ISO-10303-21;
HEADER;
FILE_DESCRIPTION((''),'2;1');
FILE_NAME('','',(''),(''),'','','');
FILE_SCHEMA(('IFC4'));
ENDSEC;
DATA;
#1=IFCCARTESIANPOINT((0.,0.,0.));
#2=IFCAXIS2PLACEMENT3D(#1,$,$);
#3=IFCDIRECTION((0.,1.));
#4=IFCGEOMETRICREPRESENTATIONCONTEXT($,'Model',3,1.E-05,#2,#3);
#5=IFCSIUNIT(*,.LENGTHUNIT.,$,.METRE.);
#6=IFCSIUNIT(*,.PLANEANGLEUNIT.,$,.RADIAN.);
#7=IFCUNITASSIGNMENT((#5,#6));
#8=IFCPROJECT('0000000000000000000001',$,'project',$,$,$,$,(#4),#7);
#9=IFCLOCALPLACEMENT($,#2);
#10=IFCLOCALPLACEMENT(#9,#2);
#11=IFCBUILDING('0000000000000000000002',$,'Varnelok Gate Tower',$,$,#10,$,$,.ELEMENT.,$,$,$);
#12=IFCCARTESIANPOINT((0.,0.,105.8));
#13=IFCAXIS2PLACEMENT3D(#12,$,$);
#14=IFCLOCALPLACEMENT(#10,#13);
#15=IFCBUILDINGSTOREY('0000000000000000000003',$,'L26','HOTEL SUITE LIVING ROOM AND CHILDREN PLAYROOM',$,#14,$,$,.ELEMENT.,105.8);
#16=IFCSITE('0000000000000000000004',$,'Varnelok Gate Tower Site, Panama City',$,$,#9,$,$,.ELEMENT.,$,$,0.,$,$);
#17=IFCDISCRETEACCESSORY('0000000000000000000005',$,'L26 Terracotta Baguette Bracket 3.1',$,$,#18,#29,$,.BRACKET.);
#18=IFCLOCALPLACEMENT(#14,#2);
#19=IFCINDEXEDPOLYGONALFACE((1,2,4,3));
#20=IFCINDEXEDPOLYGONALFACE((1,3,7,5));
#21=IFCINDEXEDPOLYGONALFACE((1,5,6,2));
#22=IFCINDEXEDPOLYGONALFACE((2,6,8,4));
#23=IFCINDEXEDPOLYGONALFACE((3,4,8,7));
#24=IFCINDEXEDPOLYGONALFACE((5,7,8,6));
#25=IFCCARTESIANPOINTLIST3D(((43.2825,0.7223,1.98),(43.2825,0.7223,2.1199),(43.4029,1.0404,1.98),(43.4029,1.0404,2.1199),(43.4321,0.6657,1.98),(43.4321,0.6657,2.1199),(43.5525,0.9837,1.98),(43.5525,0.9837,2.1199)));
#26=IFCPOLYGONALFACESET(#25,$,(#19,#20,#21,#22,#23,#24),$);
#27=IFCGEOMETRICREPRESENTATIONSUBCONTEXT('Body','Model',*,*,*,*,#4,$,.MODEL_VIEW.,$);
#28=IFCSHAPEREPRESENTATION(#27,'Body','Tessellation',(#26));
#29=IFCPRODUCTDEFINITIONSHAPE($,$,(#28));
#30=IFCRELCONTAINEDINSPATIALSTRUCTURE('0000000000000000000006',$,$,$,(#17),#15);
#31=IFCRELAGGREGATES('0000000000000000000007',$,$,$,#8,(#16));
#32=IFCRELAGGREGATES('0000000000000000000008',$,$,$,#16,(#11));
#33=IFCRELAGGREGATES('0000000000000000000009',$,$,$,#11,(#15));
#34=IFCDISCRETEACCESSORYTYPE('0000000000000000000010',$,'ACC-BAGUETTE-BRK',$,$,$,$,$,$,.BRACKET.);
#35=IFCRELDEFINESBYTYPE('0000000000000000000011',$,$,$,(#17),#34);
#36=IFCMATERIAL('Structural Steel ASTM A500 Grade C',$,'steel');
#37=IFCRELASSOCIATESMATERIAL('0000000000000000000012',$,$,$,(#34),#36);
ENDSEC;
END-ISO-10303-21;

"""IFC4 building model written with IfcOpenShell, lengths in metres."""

from ifc_helpers import new_model, si_unit, direction, frame, origin, origin_2d, place, context, subcontext, project, spatial, rectangle, extrude, source, transform, mapped, material, type_object, element, save


model = new_model("IFC4")

# Units and contexts
model_context = context("Model", 3, precision=1e-05, world=origin(), true_north=direction((0.0, 1.0)))
body_context = subcontext(model_context, "Body", "Model", "MODEL_VIEW")
ifc_project = project(units=[si_unit("LENGTHUNIT", "METRE"), si_unit("PLANEANGLEUNIT", "RADIAN")], contexts=[model_context])

# Site, building, storey
site_placement = place(None, origin())
site = spatial("IfcSite", under=ifc_project, at=site_placement, Name="Varnelok Gate Tower Site, Panama City", CompositionType="ELEMENT", RefElevation=0.0)
building_placement = place(site_placement, origin())
building = spatial("IfcBuilding", under=site, at=building_placement, Name="Varnelok Gate Tower", CompositionType="ELEMENT")
storey_placement = place(building_placement, frame((0.0, 0.0, 105.8)))
storey = spatial("IfcBuildingStorey", under=building, at=storey_placement, Name="L26", Description="HOTEL SUITE LIVING ROOM AND CHILDREN PLAYROOM", CompositionType="ELEMENT", Elevation=105.8)

# Discrete accessory
ifc_material_1 = material(Name="Structural Steel ASTM A500 Grade C", Category="steel")
discrete_accessory_type = type_object("IfcDiscreteAccessoryType", Name="ACC-BAGUETTE-BRK", PredefinedType="BRACKET", material=ifc_material_1)
shared_shape_1 = source(origin(), body_context, "Body", "SweptSolid", [
    extrude(rectangle(XDim=0.1599, YDim=0.3401, at=origin_2d()), origin(), (0.0, 0.0, 1.0), 0.1399),
])
discrete_accessory_placement = place(storey_placement, frame((43.4175, 0.853, 1.98), z_axis=(0.0, 0.0, 1.0), x_axis=(0.935222, -0.354063, 0.0)))
element("IfcDiscreteAccessory", 1, at=discrete_accessory_placement, inside=storey, type_object=discrete_accessory_type, Name="L26 Terracotta Baguette Bracket 3.1", PredefinedType="BRACKET", context=body_context, shape_type="MappedRepresentation", body=[
    mapped(shared_shape_1, transform((0.0, 0.0, 0.0), scale=1.0)),
])

save(model, "model.ifc")
